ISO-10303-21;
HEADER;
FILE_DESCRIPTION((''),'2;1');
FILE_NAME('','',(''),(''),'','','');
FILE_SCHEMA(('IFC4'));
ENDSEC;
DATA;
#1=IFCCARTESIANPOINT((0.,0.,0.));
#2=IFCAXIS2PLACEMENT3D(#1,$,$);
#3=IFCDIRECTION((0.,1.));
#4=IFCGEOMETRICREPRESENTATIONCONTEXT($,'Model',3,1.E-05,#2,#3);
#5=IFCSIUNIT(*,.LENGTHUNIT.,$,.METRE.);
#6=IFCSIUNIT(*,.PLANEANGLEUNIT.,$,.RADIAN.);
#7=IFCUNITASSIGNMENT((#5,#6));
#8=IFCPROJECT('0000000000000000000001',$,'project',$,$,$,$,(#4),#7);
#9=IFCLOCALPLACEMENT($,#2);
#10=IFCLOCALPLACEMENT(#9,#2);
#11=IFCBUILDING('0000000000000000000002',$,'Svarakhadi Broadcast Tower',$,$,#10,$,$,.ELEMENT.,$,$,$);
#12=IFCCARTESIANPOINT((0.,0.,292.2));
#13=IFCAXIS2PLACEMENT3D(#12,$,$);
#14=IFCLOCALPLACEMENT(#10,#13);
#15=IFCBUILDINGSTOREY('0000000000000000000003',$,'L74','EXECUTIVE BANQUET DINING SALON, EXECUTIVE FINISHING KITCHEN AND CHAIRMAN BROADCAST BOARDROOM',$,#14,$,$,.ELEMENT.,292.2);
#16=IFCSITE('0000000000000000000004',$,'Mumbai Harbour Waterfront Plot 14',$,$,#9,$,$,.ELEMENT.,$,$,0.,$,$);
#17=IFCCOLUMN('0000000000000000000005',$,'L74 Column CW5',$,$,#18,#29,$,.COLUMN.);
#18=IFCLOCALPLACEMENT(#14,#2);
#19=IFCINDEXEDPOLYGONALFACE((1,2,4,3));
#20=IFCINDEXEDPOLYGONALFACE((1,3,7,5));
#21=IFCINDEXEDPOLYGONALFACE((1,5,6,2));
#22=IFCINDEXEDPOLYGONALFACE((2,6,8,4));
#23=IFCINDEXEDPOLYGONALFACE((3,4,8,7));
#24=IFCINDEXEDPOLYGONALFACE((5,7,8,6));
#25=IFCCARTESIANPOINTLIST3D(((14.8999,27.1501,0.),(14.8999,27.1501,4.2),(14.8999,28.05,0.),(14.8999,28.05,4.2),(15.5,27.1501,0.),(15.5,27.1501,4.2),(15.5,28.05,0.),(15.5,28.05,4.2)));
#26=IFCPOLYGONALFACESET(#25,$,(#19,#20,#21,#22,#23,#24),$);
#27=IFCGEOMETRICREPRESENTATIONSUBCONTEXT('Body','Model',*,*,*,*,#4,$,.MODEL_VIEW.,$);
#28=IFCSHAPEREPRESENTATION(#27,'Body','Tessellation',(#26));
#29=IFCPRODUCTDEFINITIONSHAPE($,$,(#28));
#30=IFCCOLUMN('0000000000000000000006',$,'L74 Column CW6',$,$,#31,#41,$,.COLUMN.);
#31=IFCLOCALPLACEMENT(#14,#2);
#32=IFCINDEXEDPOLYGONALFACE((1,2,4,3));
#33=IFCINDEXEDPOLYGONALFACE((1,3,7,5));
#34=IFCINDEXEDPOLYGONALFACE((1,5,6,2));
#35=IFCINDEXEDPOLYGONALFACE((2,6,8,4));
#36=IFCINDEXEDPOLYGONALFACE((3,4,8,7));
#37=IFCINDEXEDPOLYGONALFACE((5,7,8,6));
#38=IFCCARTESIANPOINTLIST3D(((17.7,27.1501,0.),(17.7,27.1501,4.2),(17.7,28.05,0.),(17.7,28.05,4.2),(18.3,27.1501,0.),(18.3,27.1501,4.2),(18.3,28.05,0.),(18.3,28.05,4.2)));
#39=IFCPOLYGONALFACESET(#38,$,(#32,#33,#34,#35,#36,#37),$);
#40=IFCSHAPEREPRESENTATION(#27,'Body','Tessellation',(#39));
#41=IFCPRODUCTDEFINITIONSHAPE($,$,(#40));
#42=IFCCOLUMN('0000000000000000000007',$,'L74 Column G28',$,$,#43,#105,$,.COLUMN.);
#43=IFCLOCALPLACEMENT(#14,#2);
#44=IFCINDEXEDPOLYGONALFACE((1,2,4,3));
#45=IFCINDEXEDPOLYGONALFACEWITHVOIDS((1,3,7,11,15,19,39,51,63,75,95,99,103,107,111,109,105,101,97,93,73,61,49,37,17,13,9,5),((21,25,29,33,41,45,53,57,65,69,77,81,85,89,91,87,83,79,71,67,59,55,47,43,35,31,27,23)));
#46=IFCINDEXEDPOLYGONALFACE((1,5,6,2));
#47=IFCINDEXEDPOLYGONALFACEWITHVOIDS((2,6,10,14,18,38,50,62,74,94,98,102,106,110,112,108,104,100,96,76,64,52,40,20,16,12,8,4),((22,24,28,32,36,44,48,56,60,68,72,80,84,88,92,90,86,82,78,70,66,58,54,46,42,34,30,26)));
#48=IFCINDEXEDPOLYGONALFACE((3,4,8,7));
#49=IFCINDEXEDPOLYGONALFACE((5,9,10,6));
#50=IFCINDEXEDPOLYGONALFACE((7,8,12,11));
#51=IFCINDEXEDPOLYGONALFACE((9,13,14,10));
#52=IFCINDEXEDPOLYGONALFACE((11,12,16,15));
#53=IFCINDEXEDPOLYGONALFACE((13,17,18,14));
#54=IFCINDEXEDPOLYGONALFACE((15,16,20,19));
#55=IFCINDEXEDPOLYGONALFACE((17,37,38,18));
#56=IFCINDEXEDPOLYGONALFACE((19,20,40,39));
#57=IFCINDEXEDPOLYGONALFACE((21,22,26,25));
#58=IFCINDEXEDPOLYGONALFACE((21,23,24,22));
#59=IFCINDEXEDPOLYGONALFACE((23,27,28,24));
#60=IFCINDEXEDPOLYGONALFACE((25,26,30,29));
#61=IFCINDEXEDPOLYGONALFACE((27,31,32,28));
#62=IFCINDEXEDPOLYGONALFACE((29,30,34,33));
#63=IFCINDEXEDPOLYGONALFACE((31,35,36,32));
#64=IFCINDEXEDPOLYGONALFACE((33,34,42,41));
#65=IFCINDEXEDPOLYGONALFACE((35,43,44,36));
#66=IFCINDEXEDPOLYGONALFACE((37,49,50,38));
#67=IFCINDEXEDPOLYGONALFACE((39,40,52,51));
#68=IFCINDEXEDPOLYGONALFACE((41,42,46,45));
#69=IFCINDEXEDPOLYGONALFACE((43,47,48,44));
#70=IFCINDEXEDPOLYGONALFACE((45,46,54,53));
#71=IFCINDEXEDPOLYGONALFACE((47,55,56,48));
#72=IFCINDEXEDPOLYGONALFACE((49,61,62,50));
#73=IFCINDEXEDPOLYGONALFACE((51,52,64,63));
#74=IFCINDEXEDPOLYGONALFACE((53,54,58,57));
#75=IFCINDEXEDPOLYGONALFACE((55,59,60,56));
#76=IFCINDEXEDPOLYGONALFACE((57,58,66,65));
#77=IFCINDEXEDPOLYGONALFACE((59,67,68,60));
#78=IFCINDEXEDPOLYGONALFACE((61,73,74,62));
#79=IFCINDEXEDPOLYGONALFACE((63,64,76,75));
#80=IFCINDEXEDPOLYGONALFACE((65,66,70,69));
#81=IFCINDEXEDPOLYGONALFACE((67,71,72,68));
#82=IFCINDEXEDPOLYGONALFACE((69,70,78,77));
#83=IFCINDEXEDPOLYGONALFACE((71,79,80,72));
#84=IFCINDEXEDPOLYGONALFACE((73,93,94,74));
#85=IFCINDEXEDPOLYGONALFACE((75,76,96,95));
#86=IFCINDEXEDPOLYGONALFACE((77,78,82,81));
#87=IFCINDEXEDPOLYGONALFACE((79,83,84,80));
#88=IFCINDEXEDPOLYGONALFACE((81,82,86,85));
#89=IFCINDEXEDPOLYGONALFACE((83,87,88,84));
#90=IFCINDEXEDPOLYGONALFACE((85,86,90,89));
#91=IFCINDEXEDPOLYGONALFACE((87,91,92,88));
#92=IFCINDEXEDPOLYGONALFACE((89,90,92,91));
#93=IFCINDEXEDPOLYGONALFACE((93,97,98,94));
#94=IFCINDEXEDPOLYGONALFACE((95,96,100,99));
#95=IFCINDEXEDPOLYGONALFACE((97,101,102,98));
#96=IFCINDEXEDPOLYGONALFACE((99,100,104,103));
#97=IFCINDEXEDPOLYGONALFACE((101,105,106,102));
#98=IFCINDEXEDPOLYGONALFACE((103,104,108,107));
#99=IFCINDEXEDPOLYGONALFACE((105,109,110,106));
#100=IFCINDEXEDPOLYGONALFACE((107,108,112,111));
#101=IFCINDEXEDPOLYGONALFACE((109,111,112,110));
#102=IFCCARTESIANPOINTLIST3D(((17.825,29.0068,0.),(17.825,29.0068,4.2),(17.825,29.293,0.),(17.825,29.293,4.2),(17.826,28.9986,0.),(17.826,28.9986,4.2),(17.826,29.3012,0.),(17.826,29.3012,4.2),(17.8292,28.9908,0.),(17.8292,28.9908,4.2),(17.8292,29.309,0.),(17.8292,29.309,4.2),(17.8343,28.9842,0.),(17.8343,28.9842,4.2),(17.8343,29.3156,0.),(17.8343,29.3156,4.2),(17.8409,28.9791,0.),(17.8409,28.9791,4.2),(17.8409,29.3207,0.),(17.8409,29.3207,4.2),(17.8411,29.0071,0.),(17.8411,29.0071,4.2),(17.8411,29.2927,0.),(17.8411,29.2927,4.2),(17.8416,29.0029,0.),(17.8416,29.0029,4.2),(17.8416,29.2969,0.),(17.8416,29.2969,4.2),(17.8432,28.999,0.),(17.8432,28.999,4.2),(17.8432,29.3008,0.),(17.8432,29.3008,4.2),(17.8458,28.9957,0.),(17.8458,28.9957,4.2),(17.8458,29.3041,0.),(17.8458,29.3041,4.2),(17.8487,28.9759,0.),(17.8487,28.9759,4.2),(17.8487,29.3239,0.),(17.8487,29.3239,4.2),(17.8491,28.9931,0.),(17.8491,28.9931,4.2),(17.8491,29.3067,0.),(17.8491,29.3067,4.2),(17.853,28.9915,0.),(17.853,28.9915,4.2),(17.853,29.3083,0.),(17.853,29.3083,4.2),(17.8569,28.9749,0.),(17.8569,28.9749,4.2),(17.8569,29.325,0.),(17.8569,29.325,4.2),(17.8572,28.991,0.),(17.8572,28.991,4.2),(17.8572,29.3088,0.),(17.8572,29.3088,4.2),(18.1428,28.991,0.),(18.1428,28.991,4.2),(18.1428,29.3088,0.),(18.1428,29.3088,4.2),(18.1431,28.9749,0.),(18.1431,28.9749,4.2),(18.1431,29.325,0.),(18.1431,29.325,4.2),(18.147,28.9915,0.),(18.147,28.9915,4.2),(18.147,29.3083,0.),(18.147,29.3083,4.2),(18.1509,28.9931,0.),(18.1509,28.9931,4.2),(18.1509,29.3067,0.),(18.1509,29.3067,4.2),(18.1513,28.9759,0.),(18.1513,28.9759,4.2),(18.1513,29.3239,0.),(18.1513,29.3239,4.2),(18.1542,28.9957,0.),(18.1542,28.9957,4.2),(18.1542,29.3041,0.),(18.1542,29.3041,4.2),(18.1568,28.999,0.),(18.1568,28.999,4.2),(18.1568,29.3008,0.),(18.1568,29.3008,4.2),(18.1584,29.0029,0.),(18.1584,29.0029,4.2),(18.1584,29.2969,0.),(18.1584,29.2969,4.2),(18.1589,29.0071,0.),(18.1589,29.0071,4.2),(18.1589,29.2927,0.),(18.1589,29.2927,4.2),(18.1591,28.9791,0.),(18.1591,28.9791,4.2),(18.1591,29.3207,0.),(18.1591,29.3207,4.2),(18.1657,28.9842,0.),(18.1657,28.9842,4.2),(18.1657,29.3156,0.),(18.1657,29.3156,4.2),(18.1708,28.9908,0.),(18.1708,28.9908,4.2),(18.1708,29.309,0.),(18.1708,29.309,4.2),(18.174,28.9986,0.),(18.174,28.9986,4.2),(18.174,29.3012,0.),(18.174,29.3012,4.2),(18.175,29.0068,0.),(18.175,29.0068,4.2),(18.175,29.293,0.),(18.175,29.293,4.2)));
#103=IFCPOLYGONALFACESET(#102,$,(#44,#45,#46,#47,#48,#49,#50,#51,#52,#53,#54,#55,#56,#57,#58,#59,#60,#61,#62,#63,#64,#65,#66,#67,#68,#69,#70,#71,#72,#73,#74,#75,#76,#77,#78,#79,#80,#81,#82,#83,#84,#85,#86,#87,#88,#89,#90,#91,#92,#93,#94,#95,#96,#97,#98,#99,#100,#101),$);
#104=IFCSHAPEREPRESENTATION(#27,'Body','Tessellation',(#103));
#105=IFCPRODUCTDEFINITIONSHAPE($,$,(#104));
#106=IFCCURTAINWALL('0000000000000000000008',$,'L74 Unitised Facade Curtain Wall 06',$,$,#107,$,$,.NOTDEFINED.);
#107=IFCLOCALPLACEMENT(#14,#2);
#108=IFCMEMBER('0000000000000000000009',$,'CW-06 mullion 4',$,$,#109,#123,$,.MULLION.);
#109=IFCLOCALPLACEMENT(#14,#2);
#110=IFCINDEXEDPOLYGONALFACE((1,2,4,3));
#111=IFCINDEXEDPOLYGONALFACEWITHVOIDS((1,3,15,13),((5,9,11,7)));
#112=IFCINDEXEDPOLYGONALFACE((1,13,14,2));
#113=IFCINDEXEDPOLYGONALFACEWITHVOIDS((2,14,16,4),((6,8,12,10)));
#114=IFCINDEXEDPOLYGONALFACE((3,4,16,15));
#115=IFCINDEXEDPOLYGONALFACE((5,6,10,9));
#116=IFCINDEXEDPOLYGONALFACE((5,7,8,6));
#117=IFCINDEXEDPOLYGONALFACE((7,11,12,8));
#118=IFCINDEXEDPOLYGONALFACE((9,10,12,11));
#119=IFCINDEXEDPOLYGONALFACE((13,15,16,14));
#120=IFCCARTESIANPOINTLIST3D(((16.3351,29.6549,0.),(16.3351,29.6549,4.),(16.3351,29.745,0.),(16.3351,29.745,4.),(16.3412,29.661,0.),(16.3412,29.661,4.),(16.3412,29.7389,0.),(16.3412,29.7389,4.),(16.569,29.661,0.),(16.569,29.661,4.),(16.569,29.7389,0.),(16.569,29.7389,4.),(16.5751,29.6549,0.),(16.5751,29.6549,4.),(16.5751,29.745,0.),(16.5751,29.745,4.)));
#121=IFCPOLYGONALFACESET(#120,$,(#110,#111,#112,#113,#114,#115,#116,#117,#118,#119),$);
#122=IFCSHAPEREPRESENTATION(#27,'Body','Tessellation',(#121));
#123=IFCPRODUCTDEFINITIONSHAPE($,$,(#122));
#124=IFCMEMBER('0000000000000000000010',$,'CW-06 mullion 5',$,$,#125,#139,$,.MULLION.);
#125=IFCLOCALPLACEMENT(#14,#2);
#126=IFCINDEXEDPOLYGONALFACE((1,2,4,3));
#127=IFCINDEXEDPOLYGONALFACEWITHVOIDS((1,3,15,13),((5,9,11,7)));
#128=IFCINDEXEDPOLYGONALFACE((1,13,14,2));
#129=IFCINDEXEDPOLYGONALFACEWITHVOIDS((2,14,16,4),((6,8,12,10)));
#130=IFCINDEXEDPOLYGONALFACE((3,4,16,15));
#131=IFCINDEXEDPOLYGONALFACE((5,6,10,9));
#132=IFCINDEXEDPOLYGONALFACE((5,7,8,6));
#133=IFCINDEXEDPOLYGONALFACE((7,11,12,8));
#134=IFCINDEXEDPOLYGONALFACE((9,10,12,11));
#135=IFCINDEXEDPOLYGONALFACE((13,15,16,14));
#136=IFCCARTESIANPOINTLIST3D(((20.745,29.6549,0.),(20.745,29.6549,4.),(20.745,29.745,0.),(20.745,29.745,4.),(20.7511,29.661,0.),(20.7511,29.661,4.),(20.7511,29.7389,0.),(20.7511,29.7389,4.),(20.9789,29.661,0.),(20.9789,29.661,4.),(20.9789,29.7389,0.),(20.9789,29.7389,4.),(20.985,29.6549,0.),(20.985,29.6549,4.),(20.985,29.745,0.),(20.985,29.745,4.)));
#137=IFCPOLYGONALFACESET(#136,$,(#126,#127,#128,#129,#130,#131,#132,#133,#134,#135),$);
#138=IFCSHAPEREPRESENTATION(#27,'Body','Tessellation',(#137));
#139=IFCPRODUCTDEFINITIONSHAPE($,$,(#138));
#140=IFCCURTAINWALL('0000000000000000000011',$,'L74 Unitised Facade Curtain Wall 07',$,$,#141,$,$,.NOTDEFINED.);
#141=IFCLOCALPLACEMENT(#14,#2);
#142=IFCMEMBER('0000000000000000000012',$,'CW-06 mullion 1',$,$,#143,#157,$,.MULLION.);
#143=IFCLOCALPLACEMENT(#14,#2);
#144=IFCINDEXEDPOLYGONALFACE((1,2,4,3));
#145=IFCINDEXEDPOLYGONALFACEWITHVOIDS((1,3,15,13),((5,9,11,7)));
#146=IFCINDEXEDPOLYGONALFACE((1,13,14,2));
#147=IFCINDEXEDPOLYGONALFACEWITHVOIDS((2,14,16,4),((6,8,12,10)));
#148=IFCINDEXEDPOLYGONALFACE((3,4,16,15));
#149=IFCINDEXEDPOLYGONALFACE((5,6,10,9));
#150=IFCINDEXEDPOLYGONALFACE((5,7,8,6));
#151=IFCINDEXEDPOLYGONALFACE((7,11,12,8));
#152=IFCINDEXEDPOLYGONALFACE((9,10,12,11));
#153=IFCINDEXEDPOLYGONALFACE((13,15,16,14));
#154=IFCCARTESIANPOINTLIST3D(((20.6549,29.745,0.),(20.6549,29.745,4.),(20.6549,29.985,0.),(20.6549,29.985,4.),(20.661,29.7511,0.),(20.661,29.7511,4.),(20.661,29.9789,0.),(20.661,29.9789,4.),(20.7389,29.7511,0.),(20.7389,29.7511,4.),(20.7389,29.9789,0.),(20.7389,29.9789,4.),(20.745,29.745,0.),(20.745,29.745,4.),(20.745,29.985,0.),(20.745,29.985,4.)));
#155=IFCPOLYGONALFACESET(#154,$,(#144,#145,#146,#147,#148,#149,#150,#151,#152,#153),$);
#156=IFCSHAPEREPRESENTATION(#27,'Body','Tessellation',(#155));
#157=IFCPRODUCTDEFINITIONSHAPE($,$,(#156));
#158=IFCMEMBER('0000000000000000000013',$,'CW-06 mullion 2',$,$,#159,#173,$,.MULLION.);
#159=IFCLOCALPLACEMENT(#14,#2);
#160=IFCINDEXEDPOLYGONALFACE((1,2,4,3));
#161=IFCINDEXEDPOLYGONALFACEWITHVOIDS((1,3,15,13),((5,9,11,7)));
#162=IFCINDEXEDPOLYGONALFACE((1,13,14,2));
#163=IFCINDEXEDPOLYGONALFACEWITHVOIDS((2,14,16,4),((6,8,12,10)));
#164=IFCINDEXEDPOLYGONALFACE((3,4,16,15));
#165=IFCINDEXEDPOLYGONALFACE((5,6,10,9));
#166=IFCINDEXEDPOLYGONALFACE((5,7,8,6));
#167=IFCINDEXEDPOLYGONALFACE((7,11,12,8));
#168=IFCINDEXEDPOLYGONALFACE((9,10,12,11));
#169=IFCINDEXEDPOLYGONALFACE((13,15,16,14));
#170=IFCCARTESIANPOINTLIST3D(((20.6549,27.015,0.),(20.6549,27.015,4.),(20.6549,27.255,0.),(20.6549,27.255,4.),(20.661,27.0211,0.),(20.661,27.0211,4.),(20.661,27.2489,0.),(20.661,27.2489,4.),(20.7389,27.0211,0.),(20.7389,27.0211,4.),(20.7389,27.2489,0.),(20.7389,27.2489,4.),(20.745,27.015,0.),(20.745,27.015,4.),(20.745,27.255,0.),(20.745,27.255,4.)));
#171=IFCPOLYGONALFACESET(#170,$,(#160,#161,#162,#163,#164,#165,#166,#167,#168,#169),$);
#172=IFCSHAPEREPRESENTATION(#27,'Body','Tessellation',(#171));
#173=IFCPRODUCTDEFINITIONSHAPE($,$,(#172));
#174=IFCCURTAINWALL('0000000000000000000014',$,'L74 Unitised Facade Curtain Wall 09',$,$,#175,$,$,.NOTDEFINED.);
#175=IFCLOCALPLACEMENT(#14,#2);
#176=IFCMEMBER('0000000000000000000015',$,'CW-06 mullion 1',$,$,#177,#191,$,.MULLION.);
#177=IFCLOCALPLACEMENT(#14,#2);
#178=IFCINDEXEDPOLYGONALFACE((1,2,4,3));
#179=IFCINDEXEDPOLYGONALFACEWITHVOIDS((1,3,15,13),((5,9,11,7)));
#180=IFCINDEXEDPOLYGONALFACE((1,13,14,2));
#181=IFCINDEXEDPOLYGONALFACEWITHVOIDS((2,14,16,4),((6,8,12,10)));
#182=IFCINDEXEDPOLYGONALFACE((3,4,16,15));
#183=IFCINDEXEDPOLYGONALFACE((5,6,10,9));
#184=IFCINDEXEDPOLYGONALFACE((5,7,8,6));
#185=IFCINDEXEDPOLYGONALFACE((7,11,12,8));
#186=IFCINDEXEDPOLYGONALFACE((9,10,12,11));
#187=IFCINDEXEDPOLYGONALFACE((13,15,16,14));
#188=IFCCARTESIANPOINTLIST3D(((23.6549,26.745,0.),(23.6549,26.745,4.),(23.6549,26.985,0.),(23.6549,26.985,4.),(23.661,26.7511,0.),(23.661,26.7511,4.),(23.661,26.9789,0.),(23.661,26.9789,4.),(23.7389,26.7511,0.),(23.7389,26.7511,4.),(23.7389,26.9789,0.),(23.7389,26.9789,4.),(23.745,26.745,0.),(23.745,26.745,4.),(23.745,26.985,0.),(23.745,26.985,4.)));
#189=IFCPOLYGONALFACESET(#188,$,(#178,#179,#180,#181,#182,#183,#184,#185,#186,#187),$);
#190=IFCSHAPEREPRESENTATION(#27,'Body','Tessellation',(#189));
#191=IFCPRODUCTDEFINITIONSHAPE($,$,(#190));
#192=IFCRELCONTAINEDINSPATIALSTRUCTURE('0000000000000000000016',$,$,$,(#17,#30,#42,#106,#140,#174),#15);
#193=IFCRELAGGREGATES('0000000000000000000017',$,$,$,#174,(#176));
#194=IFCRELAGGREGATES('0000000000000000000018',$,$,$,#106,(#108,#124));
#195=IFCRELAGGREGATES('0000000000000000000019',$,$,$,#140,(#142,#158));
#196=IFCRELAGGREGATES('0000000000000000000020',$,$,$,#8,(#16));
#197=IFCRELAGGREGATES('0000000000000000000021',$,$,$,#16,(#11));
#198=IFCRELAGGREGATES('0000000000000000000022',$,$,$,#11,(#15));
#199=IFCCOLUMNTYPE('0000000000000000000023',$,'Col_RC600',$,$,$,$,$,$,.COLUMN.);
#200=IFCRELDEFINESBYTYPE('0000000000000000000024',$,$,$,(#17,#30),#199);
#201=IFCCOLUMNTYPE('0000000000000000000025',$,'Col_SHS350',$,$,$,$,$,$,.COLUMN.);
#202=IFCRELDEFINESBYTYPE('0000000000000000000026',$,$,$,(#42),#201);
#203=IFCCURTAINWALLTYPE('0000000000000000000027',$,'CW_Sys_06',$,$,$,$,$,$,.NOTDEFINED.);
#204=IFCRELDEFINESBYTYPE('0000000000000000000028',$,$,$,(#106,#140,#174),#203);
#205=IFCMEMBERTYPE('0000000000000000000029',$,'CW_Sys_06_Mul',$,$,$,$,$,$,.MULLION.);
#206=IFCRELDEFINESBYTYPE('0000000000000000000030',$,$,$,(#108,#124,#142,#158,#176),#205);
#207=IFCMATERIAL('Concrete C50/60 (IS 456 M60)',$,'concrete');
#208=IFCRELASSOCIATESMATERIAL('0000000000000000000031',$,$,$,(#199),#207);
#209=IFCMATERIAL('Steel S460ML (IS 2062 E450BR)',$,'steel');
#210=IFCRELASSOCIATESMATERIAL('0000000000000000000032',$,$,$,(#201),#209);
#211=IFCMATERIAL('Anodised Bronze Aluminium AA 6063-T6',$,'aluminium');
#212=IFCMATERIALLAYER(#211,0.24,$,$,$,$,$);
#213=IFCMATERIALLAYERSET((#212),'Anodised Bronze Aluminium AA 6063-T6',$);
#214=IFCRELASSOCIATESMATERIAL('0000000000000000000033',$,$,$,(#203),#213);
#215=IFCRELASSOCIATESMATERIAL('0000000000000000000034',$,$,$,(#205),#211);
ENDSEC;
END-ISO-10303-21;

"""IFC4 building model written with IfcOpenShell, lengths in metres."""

from ifc_helpers import new_model, si_unit, direction, frame, origin, origin_2d, place, context, subcontext, project, spatial, rectangle, hollow_rectangle, extrude, material, layer, layer_set, material_profile, profile_set, type_object, element, aggregate, save


model = new_model("IFC4")

# Units and contexts
model_context = context("Model", 3, precision=1e-05, world=origin(), true_north=direction((0.0, 1.0)))
body_context = subcontext(model_context, "Body", "Model", "MODEL_VIEW")
ifc_project = project(units=[si_unit("LENGTHUNIT", "METRE"), si_unit("PLANEANGLEUNIT", "RADIAN")], contexts=[model_context])

# Site, building, storey
site_placement = place(None, origin())
site = spatial("IfcSite", under=ifc_project, at=site_placement, Name="Mumbai Harbour Waterfront Plot 14", CompositionType="ELEMENT", RefElevation=0.0)
building_placement = place(site_placement, origin())
building = spatial("IfcBuilding", under=site, at=building_placement, Name="Svarakhadi Broadcast Tower", CompositionType="ELEMENT")
storey_placement = place(building_placement, frame((0.0, 0.0, 292.2)))
storey = spatial("IfcBuildingStorey", under=building, at=storey_placement, Name="L74", Description="EXECUTIVE BANQUET DINING SALON, EXECUTIVE FINISHING KITCHEN AND CHAIRMAN BROADCAST BOARDROOM", CompositionType="ELEMENT", Elevation=292.2)

# Columns
ifc_material_1 = material(Name="Concrete C50/60 (IS 456 M60)", Category="concrete")
ifc_material_profile_1 = material_profile(ifc_material_1, rectangle(XDim=0.6001, YDim=0.8999, at=origin_2d()), Name="RC 600x900")
ifc_profile_set_1 = profile_set([ifc_material_profile_1], Name="Concrete C50/60 (IS 456 M60)")
column_type_1 = type_object("IfcColumnType", Name="Col_RC600", PredefinedType="COLUMN", material=ifc_profile_set_1)
for number, where, z_axis, x_axis, name in (
    (1, (15.2, 27.6001, 0.0), (0.0, 0.0, 1.0), (1.0, 0.0, 0.0), "L74 Column CW5"),
    (2, (18.0, 27.6001, 0.0), (0.0, 0.0, 1.0), (1.0, 0.0, 0.0), "L74 Column CW6"),
):
    element("IfcColumn", number, at=place(storey_placement, frame(where, z_axis=z_axis, x_axis=x_axis)), inside=storey, type_object=column_type_1, Name=name, PredefinedType="COLUMN", context=body_context, shape_type="SweptSolid", body=[
        extrude(rectangle(XDim=0.6001, YDim=0.8999, at=origin_2d()), origin(), (0.0, 0.0, 1.0), 4.2),
    ])
ifc_material_2 = material(Name="Steel S460ML (IS 2062 E450BR)", Category="steel")
ifc_material_profile_2 = material_profile(ifc_material_2, hollow_rectangle(XDim=0.3501, YDim=0.3501, WallThickness=0.0161, InnerFilletRadius=0.0161, OuterFilletRadius=0.032, at=origin_2d()), Name="SHS 350x350x16")
ifc_profile_set_2 = profile_set([ifc_material_profile_2], Name="Steel S460ML (IS 2062 E450BR)")
column_type_2 = type_object("IfcColumnType", Name="Col_SHS350", PredefinedType="COLUMN", material=ifc_profile_set_2)
column_placement = place(storey_placement, frame((18.0, 29.1499, 0.0), z_axis=(0.0, 0.0, 1.0), x_axis=(1.0, 0.0, 0.0)))
element("IfcColumn", 3, at=column_placement, inside=storey, type_object=column_type_2, Name="L74 Column G28", PredefinedType="COLUMN", context=body_context, shape_type="SweptSolid", body=[
    extrude(hollow_rectangle(XDim=0.3501, YDim=0.3501, WallThickness=0.0161, InnerFilletRadius=0.0161, OuterFilletRadius=0.032, at=origin_2d()), origin(), (0.0, 0.0, 1.0), 4.2),
])

# Curtain walls, members
ifc_material_3 = material(Name="Anodised Bronze Aluminium AA 6063-T6", Category="aluminium")
ifc_layer_1 = layer(ifc_material_3, 0.24)
ifc_layer_set_1 = layer_set([ifc_layer_1], Name="Anodised Bronze Aluminium AA 6063-T6")
curtain_wall_type = type_object("IfcCurtainWallType", Name="CW_Sys_06", PredefinedType="NOTDEFINED", material=ifc_layer_set_1)
curtain_wall_1_placement = place(storey_placement, origin())
curtain_wall_1 = element("IfcCurtainWall", 4, at=curtain_wall_1_placement, inside=storey, type_object=curtain_wall_type, Name="L74 Unitised Facade Curtain Wall 06", PredefinedType="NOTDEFINED")
ifc_material_profile_3 = material_profile(ifc_material_3, hollow_rectangle(XDim=0.0901, YDim=0.24, WallThickness=0.0061, at=origin_2d()), Name="ALU MULLION 240x90x6")
ifc_profile_set_3 = profile_set([ifc_material_profile_3], Name="Anodised Bronze Aluminium AA 6063-T6")
member_type_1 = type_object("IfcMemberType", Name="CW_Sys_06_Mul", PredefinedType="MULLION", material=ifc_profile_set_3)
member_1_placement = place(storey_placement, frame((16.4551, 29.7, 0.0), z_axis=(0.0, 0.0, 1.0), x_axis=(0.0, 1.0, 0.0)))
member_1 = element("IfcMember", 5, at=member_1_placement, type_object=member_type_1, Name="CW-06 mullion 4", PredefinedType="MULLION", context=body_context, shape_type="SweptSolid", body=[
    extrude(hollow_rectangle(XDim=0.0901, YDim=0.24, WallThickness=0.0061, at=origin_2d()), origin(), (0.0, 0.0, 1.0), 4.0),
])
member_2_placement = place(storey_placement, frame((20.865, 29.7, 0.0), z_axis=(0.0, 0.0, 1.0), x_axis=(0.0, 1.0, 0.0)))
member_2 = element("IfcMember", 6, at=member_2_placement, type_object=member_type_1, Name="CW-06 mullion 5", PredefinedType="MULLION", context=body_context, shape_type="SweptSolid", body=[
    extrude(hollow_rectangle(XDim=0.0901, YDim=0.24, WallThickness=0.0061, at=origin_2d()), origin(), (0.0, 0.0, 1.0), 4.0),
])
curtain_wall_2_placement = place(storey_placement, origin())
curtain_wall_2 = element("IfcCurtainWall", 7, at=curtain_wall_2_placement, inside=storey, type_object=curtain_wall_type, Name="L74 Unitised Facade Curtain Wall 07", PredefinedType="NOTDEFINED")
member_3_placement = place(storey_placement, frame((20.7, 29.865, 0.0), z_axis=(0.0, 0.0, 1.0), x_axis=(1.0, 0.0, 0.0)))
member_3 = element("IfcMember", 8, at=member_3_placement, type_object=member_type_1, Name="CW-06 mullion 1", PredefinedType="MULLION", context=body_context, shape_type="SweptSolid", body=[
    extrude(hollow_rectangle(XDim=0.0901, YDim=0.24, WallThickness=0.0061, at=origin_2d()), origin(), (0.0, 0.0, 1.0), 4.0),
])
member_4_placement = place(storey_placement, frame((20.7, 27.135, 0.0), z_axis=(0.0, 0.0, 1.0), x_axis=(1.0, 0.0, 0.0)))
member_4 = element("IfcMember", 9, at=member_4_placement, type_object=member_type_1, Name="CW-06 mullion 2", PredefinedType="MULLION", context=body_context, shape_type="SweptSolid", body=[
    extrude(hollow_rectangle(XDim=0.0901, YDim=0.24, WallThickness=0.0061, at=origin_2d()), origin(), (0.0, 0.0, 1.0), 4.0),
])

# Curtain wall, member
curtain_wall_3_placement = place(storey_placement, origin())
curtain_wall_3 = element("IfcCurtainWall", 10, at=curtain_wall_3_placement, inside=storey, type_object=curtain_wall_type, Name="L74 Unitised Facade Curtain Wall 09", PredefinedType="NOTDEFINED")
member_5_placement = place(storey_placement, frame((23.7, 26.865, 0.0), z_axis=(0.0, 0.0, 1.0), x_axis=(1.0, 0.0, 0.0)))
member_5 = element("IfcMember", 11, at=member_5_placement, type_object=member_type_1, Name="CW-06 mullion 1", PredefinedType="MULLION", context=body_context, shape_type="SweptSolid", body=[
    extrude(hollow_rectangle(XDim=0.0901, YDim=0.24, WallThickness=0.0061, at=origin_2d()), origin(), (0.0, 0.0, 1.0), 4.0),
])

aggregate(curtain_wall_3, [member_5])

aggregate(curtain_wall_1, [member_1, member_2])
aggregate(curtain_wall_2, [member_3, member_4])

save(model, "model.ifc")
